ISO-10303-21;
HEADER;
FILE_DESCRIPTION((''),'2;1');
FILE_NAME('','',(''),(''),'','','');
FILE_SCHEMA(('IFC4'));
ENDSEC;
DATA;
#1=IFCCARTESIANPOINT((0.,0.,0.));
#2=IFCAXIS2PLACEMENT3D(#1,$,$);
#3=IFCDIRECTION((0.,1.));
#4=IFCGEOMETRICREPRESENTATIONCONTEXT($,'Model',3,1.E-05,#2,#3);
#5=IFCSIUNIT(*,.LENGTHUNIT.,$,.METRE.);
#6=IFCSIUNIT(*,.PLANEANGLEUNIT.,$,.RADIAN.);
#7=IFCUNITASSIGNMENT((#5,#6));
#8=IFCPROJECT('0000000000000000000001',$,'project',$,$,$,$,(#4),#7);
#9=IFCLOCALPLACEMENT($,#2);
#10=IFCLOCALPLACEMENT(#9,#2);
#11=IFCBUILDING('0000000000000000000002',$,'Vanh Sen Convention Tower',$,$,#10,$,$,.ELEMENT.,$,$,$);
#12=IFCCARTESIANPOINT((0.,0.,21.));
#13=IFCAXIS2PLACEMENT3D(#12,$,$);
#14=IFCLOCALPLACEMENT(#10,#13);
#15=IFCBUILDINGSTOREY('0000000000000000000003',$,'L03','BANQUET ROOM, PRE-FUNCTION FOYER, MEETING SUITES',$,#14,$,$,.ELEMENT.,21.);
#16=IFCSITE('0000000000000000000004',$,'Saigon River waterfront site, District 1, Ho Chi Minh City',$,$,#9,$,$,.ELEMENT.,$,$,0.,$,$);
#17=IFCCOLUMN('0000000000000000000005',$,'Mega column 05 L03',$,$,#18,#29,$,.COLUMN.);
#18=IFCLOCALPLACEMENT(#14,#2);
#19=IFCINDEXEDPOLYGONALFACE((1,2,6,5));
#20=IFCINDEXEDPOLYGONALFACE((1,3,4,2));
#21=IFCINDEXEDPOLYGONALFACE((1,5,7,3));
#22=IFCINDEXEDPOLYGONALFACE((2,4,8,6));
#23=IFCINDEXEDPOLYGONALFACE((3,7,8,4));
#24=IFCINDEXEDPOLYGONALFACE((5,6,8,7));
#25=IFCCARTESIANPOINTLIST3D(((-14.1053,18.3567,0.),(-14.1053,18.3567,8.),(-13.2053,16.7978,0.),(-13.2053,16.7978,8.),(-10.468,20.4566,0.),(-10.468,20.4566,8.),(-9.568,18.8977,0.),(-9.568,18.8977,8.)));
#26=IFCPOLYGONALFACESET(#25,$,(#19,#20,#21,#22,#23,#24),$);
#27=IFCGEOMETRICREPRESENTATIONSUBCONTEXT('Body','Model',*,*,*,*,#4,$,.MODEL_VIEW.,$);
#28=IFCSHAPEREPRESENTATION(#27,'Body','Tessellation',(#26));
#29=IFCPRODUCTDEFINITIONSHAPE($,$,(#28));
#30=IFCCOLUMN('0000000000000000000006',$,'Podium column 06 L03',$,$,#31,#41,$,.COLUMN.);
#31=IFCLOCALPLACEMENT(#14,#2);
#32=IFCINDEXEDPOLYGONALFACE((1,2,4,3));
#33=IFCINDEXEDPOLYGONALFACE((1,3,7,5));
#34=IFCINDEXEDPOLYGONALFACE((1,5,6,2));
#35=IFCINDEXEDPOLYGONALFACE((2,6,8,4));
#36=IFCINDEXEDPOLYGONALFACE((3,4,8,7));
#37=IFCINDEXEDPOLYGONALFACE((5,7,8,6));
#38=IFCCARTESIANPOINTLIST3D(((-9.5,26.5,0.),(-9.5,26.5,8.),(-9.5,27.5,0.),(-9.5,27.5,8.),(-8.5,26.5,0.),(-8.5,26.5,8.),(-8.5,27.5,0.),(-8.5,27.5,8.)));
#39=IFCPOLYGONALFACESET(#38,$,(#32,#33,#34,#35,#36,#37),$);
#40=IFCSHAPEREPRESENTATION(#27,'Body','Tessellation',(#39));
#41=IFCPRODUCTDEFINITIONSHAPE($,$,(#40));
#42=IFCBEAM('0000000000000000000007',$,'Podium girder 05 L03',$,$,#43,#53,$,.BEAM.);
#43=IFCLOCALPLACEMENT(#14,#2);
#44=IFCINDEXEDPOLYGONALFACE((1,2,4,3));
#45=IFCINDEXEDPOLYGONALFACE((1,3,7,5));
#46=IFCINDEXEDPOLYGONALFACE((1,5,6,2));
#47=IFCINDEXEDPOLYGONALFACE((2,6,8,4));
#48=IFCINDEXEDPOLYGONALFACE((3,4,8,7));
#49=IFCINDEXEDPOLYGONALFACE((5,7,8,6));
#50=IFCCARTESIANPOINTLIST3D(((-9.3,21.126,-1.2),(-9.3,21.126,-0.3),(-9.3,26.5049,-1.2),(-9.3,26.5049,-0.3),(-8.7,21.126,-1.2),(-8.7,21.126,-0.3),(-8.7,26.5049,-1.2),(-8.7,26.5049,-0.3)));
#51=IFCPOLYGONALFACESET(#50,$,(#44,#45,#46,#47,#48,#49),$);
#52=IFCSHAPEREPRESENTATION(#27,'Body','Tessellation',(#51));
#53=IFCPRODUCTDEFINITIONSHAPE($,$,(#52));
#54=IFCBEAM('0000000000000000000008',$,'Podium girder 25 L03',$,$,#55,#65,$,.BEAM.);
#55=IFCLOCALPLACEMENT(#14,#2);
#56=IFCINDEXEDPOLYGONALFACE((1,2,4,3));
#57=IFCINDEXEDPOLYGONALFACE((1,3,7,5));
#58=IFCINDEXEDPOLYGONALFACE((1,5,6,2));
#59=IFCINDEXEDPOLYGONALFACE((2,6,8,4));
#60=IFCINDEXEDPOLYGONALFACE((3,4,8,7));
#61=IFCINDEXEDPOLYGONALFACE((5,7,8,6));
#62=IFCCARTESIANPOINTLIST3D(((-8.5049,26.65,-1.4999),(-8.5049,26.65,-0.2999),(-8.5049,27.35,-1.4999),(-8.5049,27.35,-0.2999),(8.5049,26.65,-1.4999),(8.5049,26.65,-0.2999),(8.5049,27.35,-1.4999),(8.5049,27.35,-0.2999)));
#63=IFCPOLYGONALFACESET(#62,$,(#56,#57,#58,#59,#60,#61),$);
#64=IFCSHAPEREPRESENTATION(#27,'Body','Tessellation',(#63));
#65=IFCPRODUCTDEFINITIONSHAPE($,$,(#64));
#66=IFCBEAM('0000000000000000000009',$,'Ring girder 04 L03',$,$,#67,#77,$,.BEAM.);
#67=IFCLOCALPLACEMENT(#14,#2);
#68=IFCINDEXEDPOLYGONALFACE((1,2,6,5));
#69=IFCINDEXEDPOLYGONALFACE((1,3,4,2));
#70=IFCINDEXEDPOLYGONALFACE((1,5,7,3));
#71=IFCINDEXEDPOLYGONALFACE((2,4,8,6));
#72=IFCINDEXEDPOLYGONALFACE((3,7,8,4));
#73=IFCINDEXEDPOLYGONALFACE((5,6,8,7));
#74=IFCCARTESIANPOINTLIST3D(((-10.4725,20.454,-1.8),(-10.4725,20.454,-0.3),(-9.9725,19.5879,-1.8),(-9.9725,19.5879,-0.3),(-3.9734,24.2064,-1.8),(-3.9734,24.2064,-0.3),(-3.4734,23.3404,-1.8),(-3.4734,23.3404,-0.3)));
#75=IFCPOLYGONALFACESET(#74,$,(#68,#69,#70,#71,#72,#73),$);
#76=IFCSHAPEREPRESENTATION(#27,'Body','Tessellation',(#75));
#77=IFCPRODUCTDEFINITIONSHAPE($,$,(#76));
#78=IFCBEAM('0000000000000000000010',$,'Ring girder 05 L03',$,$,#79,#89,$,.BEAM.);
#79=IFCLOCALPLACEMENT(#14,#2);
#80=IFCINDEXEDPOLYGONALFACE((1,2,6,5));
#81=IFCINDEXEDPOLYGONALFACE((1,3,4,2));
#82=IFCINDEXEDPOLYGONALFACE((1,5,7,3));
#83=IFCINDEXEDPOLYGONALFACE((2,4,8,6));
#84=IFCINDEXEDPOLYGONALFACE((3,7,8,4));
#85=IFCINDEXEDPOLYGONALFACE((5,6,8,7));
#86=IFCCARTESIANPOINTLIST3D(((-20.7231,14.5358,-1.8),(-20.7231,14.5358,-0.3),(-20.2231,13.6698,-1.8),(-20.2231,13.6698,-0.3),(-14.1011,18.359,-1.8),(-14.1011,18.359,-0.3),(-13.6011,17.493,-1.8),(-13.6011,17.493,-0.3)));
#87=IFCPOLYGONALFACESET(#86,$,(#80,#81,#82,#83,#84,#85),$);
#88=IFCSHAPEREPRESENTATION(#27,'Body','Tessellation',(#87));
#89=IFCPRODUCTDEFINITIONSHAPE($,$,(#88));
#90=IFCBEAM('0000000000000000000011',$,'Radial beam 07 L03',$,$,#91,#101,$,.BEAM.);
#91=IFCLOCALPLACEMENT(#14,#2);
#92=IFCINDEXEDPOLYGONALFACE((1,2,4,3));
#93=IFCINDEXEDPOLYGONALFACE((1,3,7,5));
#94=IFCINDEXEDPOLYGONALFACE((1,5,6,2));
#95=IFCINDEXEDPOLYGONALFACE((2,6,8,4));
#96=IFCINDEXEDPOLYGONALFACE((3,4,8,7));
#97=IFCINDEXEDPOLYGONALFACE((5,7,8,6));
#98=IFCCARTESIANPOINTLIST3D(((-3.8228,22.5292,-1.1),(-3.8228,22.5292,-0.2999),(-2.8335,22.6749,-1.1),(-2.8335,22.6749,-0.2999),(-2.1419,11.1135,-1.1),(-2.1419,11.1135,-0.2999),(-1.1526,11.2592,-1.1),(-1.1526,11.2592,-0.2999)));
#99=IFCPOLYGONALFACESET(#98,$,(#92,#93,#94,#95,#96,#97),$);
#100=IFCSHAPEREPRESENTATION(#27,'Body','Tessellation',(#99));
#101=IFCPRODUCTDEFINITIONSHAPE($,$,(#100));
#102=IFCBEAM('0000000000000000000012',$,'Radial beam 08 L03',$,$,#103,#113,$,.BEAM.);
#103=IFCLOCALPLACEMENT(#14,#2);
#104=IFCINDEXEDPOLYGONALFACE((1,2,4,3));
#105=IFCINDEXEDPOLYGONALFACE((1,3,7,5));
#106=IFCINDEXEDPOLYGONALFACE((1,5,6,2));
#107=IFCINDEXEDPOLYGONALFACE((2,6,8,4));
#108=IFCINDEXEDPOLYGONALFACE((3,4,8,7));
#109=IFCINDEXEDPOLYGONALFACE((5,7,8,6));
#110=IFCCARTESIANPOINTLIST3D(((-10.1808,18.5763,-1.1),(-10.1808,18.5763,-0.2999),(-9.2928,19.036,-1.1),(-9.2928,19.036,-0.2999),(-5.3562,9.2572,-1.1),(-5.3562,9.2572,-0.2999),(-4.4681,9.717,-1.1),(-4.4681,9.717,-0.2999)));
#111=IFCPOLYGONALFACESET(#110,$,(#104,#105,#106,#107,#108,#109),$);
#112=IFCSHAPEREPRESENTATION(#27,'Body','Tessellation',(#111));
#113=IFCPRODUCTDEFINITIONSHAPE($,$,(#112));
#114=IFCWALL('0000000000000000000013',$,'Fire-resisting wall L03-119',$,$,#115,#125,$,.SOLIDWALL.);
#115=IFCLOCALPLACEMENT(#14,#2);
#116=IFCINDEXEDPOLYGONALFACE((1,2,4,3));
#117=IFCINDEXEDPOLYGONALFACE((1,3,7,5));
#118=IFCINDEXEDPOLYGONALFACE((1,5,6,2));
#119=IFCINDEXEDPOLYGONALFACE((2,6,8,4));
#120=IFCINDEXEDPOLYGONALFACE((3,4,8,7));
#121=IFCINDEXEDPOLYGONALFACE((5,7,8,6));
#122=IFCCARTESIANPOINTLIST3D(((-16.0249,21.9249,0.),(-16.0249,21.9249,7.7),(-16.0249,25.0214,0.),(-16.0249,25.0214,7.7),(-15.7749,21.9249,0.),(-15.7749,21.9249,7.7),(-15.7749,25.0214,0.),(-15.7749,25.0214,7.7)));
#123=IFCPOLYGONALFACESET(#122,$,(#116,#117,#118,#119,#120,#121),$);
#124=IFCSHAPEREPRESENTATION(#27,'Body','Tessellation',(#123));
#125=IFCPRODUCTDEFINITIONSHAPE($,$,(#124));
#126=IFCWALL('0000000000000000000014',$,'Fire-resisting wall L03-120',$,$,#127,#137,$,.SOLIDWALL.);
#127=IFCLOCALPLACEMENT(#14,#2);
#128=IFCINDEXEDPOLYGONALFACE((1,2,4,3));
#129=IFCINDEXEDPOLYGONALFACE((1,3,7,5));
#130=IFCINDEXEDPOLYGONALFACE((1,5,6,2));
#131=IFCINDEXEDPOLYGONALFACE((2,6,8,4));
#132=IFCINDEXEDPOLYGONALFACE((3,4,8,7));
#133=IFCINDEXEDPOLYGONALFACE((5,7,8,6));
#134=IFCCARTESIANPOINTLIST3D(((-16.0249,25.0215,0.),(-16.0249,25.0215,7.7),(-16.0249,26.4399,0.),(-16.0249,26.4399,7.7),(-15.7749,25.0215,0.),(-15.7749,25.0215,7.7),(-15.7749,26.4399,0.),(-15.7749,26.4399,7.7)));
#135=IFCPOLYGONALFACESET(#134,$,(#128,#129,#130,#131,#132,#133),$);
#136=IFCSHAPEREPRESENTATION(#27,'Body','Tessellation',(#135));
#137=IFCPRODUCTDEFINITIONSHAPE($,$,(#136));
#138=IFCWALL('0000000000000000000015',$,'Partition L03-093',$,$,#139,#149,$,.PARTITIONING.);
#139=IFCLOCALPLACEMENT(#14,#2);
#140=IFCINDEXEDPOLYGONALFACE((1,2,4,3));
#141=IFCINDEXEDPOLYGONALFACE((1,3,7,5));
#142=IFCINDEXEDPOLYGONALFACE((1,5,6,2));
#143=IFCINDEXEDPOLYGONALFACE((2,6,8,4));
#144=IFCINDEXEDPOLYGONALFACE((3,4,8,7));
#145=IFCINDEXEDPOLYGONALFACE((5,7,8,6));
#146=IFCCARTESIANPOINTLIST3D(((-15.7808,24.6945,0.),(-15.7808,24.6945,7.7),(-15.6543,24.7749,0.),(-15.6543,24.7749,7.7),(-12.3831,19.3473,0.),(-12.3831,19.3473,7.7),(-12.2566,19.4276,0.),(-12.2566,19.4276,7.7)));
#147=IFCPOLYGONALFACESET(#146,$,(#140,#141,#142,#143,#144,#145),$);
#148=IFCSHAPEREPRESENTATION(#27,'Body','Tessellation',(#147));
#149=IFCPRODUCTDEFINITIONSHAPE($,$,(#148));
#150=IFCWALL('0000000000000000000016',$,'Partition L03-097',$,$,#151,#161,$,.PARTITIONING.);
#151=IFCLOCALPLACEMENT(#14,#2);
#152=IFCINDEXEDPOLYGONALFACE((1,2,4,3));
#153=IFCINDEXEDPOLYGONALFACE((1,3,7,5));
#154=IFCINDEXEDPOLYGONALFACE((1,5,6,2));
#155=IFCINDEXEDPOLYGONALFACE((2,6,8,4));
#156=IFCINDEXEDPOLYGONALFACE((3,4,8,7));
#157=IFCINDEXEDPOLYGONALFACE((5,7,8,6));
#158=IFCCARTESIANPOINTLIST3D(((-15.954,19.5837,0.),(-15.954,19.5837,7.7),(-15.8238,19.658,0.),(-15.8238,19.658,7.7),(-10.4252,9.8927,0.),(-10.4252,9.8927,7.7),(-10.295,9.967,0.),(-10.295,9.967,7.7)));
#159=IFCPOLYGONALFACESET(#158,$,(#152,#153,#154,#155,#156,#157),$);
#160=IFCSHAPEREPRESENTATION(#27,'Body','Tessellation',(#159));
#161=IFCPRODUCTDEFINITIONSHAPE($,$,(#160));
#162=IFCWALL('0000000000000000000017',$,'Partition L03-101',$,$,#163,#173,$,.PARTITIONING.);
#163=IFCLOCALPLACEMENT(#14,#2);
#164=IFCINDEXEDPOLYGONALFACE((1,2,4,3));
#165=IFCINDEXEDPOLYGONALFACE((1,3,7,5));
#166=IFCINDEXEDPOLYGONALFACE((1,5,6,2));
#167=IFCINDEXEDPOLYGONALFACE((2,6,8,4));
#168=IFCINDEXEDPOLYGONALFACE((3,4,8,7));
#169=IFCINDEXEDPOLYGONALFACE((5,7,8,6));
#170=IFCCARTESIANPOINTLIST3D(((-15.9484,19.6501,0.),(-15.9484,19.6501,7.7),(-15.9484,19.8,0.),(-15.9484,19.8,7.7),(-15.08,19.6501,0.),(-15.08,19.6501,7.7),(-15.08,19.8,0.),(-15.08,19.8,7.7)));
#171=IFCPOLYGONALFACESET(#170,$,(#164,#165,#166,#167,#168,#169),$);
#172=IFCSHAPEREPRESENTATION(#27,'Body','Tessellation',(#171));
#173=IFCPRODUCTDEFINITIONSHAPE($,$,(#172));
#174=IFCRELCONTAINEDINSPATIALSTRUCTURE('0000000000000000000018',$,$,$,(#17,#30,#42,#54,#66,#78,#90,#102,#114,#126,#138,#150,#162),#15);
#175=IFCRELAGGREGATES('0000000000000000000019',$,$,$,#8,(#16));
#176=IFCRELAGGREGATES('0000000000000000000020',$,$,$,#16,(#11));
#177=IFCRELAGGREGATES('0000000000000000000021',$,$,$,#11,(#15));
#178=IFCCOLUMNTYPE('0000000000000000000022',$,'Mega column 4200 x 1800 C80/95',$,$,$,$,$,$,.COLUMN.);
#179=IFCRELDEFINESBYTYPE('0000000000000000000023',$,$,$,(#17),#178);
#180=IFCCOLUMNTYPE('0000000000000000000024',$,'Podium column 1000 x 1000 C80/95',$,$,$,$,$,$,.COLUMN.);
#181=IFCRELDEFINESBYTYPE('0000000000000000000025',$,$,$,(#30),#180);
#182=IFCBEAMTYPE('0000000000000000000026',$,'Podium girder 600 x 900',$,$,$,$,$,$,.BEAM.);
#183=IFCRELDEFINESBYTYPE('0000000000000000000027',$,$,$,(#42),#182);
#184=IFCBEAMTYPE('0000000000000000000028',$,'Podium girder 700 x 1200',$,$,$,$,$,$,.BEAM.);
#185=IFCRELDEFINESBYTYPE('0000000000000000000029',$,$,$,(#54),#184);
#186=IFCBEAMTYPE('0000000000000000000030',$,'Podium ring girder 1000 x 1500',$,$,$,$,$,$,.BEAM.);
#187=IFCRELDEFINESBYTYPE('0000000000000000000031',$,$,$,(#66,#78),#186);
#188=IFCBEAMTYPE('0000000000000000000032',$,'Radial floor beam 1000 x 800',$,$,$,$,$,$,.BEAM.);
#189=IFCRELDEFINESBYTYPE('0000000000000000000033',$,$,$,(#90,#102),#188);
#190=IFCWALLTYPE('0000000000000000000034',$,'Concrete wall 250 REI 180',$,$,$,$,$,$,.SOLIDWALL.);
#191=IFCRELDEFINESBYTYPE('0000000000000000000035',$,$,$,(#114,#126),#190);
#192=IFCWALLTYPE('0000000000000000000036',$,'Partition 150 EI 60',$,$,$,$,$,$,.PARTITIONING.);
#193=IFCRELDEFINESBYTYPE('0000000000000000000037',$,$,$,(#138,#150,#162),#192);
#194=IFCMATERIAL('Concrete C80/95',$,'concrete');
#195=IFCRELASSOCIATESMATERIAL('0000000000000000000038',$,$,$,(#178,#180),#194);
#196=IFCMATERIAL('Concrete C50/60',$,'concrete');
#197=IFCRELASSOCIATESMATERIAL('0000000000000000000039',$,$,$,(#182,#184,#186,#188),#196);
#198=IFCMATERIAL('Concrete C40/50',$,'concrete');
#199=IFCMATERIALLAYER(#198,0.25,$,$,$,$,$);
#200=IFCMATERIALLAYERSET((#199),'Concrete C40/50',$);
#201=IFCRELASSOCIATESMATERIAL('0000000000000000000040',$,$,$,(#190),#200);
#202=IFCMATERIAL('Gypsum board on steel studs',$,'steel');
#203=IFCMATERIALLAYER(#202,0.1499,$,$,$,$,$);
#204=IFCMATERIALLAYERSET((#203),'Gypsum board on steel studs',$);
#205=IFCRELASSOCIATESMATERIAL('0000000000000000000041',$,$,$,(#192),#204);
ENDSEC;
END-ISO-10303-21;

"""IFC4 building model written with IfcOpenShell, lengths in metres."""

from ifc_helpers import new_model, si_unit, direction, frame, frame_2d, origin, origin_2d, place, context, subcontext, project, spatial, rectangle, extrude, material, layer, layer_set, material_profile, profile_set, type_object, element, save


model = new_model("IFC4")

# Units and contexts
model_context = context("Model", 3, precision=1e-05, world=origin(), true_north=direction((0.0, 1.0)))
body_context = subcontext(model_context, "Body", "Model", "MODEL_VIEW")
ifc_project = project(units=[si_unit("LENGTHUNIT", "METRE"), si_unit("PLANEANGLEUNIT", "RADIAN")], contexts=[model_context])

# Site, building, storey
site_placement = place(None, origin())
site = spatial("IfcSite", under=ifc_project, at=site_placement, Name="Saigon River waterfront site, District 1, Ho Chi Minh City", CompositionType="ELEMENT", RefElevation=0.0)
building_placement = place(site_placement, origin())
building = spatial("IfcBuilding", under=site, at=building_placement, Name="Vanh Sen Convention Tower", CompositionType="ELEMENT")
storey_placement = place(building_placement, frame((0.0, 0.0, 21.0)))
storey = spatial("IfcBuildingStorey", under=building, at=storey_placement, Name="L03", Description="BANQUET ROOM, PRE-FUNCTION FOYER, MEETING SUITES", CompositionType="ELEMENT", Elevation=21.0)

# Columns
ifc_material_1 = material(Name="Concrete C80/95", Category="concrete")
ifc_material_profile_1 = material_profile(ifc_material_1, rectangle(XDim=4.2, YDim=1.8, at=origin_2d()), Name="RC 4200X1800")
ifc_profile_set_1 = profile_set([ifc_material_profile_1], Name="Concrete C80/95")
column_type_1 = type_object("IfcColumnType", Name="Mega column 4200 x 1800 C80/95", PredefinedType="COLUMN", material=ifc_profile_set_1)
column_1_placement = place(storey_placement, frame((-11.8367, 18.6272, 0.0), z_axis=(0.0, 0.0, 1.0), x_axis=(-0.866028, -0.499995, 0.0)))
element("IfcColumn", 1, at=column_1_placement, inside=storey, type_object=column_type_1, Name="Mega column 05 L03", PredefinedType="COLUMN", context=body_context, shape_type="SweptSolid", body=[
    extrude(rectangle(XDim=4.2, YDim=1.8, at=origin_2d()), origin(), (0.0, 0.0, 1.0), 8.0),
])
ifc_material_profile_2 = material_profile(ifc_material_1, rectangle(XDim=1.0, YDim=1.0, at=origin_2d()), Name="RC 1000X1000")
ifc_profile_set_2 = profile_set([ifc_material_profile_2], Name="Concrete C80/95")
column_type_2 = type_object("IfcColumnType", Name="Podium column 1000 x 1000 C80/95", PredefinedType="COLUMN", material=ifc_profile_set_2)
column_2_placement = place(storey_placement, frame((-9.0, 27.0, 0.0), z_axis=(0.0, 0.0, 1.0), x_axis=(1.0, 0.0, 0.0)))
element("IfcColumn", 2, at=column_2_placement, inside=storey, type_object=column_type_2, Name="Podium column 06 L03", PredefinedType="COLUMN", context=body_context, shape_type="SweptSolid", body=[
    extrude(rectangle(XDim=1.0, YDim=1.0, at=origin_2d()), origin(), (0.0, 0.0, 1.0), 8.0),
])

# Beams
ifc_material_2 = material(Name="Concrete C50/60", Category="concrete")
ifc_material_profile_3 = material_profile(ifc_material_2, rectangle(XDim=0.6001, YDim=0.8999, at=origin_2d()), Name="RC 600X900")
ifc_profile_set_3 = profile_set([ifc_material_profile_3], Name="Concrete C50/60")
beam_type_1 = type_object("IfcBeamType", Name="Podium girder 600 x 900", PredefinedType="BEAM", material=ifc_profile_set_3)
beam_1_placement = place(storey_placement, frame((-9.0, 21.126, -0.75), z_axis=(0.0, 1.0, 0.0), x_axis=(-1.0, 0.0, 0.0)))
element("IfcBeam", 3, at=beam_1_placement, inside=storey, type_object=beam_type_1, Name="Podium girder 05 L03", PredefinedType="BEAM", context=body_context, shape_type="SweptSolid", body=[
    extrude(rectangle(XDim=0.6001, YDim=0.8999, at=origin_2d()), origin(), (0.0, 0.0, 1.0), 5.3789),
])
ifc_material_profile_4 = material_profile(ifc_material_2, rectangle(XDim=0.7, YDim=1.2, at=origin_2d()), Name="RC 700X1200")
ifc_profile_set_4 = profile_set([ifc_material_profile_4], Name="Concrete C50/60")
beam_type_2 = type_object("IfcBeamType", Name="Podium girder 700 x 1200", PredefinedType="BEAM", material=ifc_profile_set_4)
beam_2_placement = place(storey_placement, frame((-8.5049, 27.0, -0.8999), z_axis=(1.0, 0.0, 0.0), x_axis=(0.0, 1.0, 0.0)))
element("IfcBeam", 4, at=beam_2_placement, inside=storey, type_object=beam_type_2, Name="Podium girder 25 L03", PredefinedType="BEAM", context=body_context, shape_type="SweptSolid", body=[
    extrude(rectangle(XDim=0.7, YDim=1.2, at=origin_2d()), origin(), (0.0, 0.0, 1.0), 17.0098),
])
ifc_material_profile_5 = material_profile(ifc_material_2, rectangle(XDim=1.0, YDim=1.5, at=origin_2d()), Name="RC 1000X1500")
ifc_profile_set_5 = profile_set([ifc_material_profile_5], Name="Concrete C50/60")
beam_type_3 = type_object("IfcBeamType", Name="Podium ring girder 1000 x 1500", PredefinedType="BEAM", material=ifc_profile_set_5)
beam_3_placement = place(storey_placement, frame((-3.7234, 23.7734, -1.05), z_axis=(-0.866012, -0.500023, 0.0), x_axis=(0.500023, -0.866012, 0.0)))
element("IfcBeam", 5, at=beam_3_placement, inside=storey, type_object=beam_type_3, Name="Ring girder 04 L03", PredefinedType="BEAM", context=body_context, shape_type="SweptSolid", body=[
    extrude(rectangle(XDim=1.0, YDim=1.5, at=origin_2d()), origin(), (0.0, 0.0, 1.0), 7.5046),
])
beam_4_placement = place(storey_placement, frame((-13.8511, 17.926, -1.05), z_axis=(-0.866026, -0.499999, 0.0), x_axis=(0.499999, -0.866026, 0.0)))
element("IfcBeam", 6, at=beam_4_placement, inside=storey, type_object=beam_type_3, Name="Ring girder 05 L03", PredefinedType="BEAM", context=body_context, shape_type="SweptSolid", body=[
    extrude(rectangle(XDim=1.0, YDim=1.5, at=origin_2d()), origin(), (0.0, 0.0, 1.0), 7.6465),
])
ifc_material_profile_6 = material_profile(ifc_material_2, rectangle(XDim=1.0, YDim=0.8, at=origin_2d()), Name="RC 1000X800")
ifc_profile_set_6 = profile_set([ifc_material_profile_6], Name="Concrete C50/60")
beam_type_4 = type_object("IfcBeamType", Name="Radial floor beam 1000 x 800", PredefinedType="BEAM", material=ifc_profile_set_6)
beam_5_placement = place(storey_placement, frame((-3.3281, 22.6021, -0.7), z_axis=(0.145674, -0.989333, 0.0), x_axis=(0.989333, 0.145674, 0.0)))
element("IfcBeam", 7, at=beam_5_placement, inside=storey, type_object=beam_type_4, Name="Radial beam 07 L03", PredefinedType="BEAM", context=body_context, shape_type="SweptSolid", body=[
    extrude(rectangle(XDim=1.0, YDim=0.8, at=origin_2d()), origin(), (0.0, 0.0, 1.0), 11.5388),
])
beam_6_placement = place(storey_placement, frame((-9.7368, 18.8062, -0.7), z_axis=(0.45976, -0.888043, 0.0), x_axis=(0.888043, 0.45976, 0.0)))
element("IfcBeam", 8, at=beam_6_placement, inside=storey, type_object=beam_type_4, Name="Radial beam 08 L03", PredefinedType="BEAM", context=body_context, shape_type="SweptSolid", body=[
    extrude(rectangle(XDim=1.0, YDim=0.8, at=origin_2d()), origin(), (0.0, 0.0, 1.0), 10.4939),
])

# Walls
ifc_material_3 = material(Name="Concrete C40/50", Category="concrete")
ifc_layer_1 = layer(ifc_material_3, 0.25)
ifc_layer_set_1 = layer_set([ifc_layer_1], Name="Concrete C40/50")
wall_type_1 = type_object("IfcWallType", Name="Concrete wall 250 REI 180", PredefinedType="SOLIDWALL", material=ifc_layer_set_1)
wall_1_placement = place(storey_placement, frame((-15.8999, 25.0215, 0.0), z_axis=(0.0, 0.0, 1.0), x_axis=(0.0, -1.0, 0.0)))
element("IfcWall", 9, at=wall_1_placement, inside=storey, type_object=wall_type_1, Name="Fire-resisting wall L03-119", PredefinedType="SOLIDWALL", context=body_context, shape_type="SweptSolid", body=[
    extrude(rectangle(XDim=3.0964, YDim=0.25, at=frame_2d((1.5483, 0.0))), origin(), (0.0, 0.0, 1.0), 7.7),
])
wall_2_placement = place(storey_placement, frame((-15.8999, 26.4399, 0.0), z_axis=(0.0, 0.0, 1.0), x_axis=(0.0, -1.0, 0.0)))
element("IfcWall", 10, at=wall_2_placement, inside=storey, type_object=wall_type_1, Name="Fire-resisting wall L03-120", PredefinedType="SOLIDWALL", context=body_context, shape_type="SweptSolid", body=[
    extrude(rectangle(XDim=1.4185, YDim=0.25, at=frame_2d((0.7092, 0.0))), origin(), (0.0, 0.0, 1.0), 7.7),
])
ifc_material_4 = material(Name="Gypsum board on steel studs", Category="steel")
ifc_layer_2 = layer(ifc_material_4, 0.1499)
ifc_layer_set_2 = layer_set([ifc_layer_2], Name="Gypsum board on steel studs")
wall_type_2 = type_object("IfcWallType", Name="Partition 150 EI 60", PredefinedType="PARTITIONING", material=ifc_layer_set_2)
wall_3_placement = place(storey_placement, frame((-12.3198, 19.3875, 0.0), z_axis=(0.0, 0.0, 1.0), x_axis=(-0.536309, 0.844021, 0.0)))
element("IfcWall", 11, at=wall_3_placement, inside=storey, type_object=wall_type_2, Name="Partition L03-093", PredefinedType="PARTITIONING", context=body_context, shape_type="SweptSolid", body=[
    extrude(rectangle(XDim=6.3354, YDim=0.1499, at=frame_2d((3.1677, 0.0))), origin(), (0.0, 0.0, 1.0), 7.7),
])
wall_4_placement = place(storey_placement, frame((-15.8889, 19.6208, 0.0), z_axis=(0.0, 0.0, 1.0), x_axis=(0.49554, -0.868585, 0.0)))
element("IfcWall", 12, at=wall_4_placement, inside=storey, type_object=wall_type_2, Name="Partition L03-097", PredefinedType="PARTITIONING", context=body_context, shape_type="SweptSolid", body=[
    extrude(rectangle(XDim=11.1572, YDim=0.1499, at=frame_2d((5.5786, 0.0))), origin(), (0.0, 0.0, 1.0), 7.7),
])
wall_5_placement = place(storey_placement, frame((-15.0801, 19.7251, 0.0), z_axis=(0.0, 0.0, 1.0), x_axis=(-1.0, 0.0, 0.0)))
element("IfcWall", 13, at=wall_5_placement, inside=storey, type_object=wall_type_2, Name="Partition L03-101", PredefinedType="PARTITIONING", context=body_context, shape_type="SweptSolid", body=[
    extrude(rectangle(XDim=0.8684, YDim=0.1499, at=frame_2d((0.4341, 0.0))), origin(), (0.0, 0.0, 1.0), 7.7),
])

save(model, "model.ifc")
